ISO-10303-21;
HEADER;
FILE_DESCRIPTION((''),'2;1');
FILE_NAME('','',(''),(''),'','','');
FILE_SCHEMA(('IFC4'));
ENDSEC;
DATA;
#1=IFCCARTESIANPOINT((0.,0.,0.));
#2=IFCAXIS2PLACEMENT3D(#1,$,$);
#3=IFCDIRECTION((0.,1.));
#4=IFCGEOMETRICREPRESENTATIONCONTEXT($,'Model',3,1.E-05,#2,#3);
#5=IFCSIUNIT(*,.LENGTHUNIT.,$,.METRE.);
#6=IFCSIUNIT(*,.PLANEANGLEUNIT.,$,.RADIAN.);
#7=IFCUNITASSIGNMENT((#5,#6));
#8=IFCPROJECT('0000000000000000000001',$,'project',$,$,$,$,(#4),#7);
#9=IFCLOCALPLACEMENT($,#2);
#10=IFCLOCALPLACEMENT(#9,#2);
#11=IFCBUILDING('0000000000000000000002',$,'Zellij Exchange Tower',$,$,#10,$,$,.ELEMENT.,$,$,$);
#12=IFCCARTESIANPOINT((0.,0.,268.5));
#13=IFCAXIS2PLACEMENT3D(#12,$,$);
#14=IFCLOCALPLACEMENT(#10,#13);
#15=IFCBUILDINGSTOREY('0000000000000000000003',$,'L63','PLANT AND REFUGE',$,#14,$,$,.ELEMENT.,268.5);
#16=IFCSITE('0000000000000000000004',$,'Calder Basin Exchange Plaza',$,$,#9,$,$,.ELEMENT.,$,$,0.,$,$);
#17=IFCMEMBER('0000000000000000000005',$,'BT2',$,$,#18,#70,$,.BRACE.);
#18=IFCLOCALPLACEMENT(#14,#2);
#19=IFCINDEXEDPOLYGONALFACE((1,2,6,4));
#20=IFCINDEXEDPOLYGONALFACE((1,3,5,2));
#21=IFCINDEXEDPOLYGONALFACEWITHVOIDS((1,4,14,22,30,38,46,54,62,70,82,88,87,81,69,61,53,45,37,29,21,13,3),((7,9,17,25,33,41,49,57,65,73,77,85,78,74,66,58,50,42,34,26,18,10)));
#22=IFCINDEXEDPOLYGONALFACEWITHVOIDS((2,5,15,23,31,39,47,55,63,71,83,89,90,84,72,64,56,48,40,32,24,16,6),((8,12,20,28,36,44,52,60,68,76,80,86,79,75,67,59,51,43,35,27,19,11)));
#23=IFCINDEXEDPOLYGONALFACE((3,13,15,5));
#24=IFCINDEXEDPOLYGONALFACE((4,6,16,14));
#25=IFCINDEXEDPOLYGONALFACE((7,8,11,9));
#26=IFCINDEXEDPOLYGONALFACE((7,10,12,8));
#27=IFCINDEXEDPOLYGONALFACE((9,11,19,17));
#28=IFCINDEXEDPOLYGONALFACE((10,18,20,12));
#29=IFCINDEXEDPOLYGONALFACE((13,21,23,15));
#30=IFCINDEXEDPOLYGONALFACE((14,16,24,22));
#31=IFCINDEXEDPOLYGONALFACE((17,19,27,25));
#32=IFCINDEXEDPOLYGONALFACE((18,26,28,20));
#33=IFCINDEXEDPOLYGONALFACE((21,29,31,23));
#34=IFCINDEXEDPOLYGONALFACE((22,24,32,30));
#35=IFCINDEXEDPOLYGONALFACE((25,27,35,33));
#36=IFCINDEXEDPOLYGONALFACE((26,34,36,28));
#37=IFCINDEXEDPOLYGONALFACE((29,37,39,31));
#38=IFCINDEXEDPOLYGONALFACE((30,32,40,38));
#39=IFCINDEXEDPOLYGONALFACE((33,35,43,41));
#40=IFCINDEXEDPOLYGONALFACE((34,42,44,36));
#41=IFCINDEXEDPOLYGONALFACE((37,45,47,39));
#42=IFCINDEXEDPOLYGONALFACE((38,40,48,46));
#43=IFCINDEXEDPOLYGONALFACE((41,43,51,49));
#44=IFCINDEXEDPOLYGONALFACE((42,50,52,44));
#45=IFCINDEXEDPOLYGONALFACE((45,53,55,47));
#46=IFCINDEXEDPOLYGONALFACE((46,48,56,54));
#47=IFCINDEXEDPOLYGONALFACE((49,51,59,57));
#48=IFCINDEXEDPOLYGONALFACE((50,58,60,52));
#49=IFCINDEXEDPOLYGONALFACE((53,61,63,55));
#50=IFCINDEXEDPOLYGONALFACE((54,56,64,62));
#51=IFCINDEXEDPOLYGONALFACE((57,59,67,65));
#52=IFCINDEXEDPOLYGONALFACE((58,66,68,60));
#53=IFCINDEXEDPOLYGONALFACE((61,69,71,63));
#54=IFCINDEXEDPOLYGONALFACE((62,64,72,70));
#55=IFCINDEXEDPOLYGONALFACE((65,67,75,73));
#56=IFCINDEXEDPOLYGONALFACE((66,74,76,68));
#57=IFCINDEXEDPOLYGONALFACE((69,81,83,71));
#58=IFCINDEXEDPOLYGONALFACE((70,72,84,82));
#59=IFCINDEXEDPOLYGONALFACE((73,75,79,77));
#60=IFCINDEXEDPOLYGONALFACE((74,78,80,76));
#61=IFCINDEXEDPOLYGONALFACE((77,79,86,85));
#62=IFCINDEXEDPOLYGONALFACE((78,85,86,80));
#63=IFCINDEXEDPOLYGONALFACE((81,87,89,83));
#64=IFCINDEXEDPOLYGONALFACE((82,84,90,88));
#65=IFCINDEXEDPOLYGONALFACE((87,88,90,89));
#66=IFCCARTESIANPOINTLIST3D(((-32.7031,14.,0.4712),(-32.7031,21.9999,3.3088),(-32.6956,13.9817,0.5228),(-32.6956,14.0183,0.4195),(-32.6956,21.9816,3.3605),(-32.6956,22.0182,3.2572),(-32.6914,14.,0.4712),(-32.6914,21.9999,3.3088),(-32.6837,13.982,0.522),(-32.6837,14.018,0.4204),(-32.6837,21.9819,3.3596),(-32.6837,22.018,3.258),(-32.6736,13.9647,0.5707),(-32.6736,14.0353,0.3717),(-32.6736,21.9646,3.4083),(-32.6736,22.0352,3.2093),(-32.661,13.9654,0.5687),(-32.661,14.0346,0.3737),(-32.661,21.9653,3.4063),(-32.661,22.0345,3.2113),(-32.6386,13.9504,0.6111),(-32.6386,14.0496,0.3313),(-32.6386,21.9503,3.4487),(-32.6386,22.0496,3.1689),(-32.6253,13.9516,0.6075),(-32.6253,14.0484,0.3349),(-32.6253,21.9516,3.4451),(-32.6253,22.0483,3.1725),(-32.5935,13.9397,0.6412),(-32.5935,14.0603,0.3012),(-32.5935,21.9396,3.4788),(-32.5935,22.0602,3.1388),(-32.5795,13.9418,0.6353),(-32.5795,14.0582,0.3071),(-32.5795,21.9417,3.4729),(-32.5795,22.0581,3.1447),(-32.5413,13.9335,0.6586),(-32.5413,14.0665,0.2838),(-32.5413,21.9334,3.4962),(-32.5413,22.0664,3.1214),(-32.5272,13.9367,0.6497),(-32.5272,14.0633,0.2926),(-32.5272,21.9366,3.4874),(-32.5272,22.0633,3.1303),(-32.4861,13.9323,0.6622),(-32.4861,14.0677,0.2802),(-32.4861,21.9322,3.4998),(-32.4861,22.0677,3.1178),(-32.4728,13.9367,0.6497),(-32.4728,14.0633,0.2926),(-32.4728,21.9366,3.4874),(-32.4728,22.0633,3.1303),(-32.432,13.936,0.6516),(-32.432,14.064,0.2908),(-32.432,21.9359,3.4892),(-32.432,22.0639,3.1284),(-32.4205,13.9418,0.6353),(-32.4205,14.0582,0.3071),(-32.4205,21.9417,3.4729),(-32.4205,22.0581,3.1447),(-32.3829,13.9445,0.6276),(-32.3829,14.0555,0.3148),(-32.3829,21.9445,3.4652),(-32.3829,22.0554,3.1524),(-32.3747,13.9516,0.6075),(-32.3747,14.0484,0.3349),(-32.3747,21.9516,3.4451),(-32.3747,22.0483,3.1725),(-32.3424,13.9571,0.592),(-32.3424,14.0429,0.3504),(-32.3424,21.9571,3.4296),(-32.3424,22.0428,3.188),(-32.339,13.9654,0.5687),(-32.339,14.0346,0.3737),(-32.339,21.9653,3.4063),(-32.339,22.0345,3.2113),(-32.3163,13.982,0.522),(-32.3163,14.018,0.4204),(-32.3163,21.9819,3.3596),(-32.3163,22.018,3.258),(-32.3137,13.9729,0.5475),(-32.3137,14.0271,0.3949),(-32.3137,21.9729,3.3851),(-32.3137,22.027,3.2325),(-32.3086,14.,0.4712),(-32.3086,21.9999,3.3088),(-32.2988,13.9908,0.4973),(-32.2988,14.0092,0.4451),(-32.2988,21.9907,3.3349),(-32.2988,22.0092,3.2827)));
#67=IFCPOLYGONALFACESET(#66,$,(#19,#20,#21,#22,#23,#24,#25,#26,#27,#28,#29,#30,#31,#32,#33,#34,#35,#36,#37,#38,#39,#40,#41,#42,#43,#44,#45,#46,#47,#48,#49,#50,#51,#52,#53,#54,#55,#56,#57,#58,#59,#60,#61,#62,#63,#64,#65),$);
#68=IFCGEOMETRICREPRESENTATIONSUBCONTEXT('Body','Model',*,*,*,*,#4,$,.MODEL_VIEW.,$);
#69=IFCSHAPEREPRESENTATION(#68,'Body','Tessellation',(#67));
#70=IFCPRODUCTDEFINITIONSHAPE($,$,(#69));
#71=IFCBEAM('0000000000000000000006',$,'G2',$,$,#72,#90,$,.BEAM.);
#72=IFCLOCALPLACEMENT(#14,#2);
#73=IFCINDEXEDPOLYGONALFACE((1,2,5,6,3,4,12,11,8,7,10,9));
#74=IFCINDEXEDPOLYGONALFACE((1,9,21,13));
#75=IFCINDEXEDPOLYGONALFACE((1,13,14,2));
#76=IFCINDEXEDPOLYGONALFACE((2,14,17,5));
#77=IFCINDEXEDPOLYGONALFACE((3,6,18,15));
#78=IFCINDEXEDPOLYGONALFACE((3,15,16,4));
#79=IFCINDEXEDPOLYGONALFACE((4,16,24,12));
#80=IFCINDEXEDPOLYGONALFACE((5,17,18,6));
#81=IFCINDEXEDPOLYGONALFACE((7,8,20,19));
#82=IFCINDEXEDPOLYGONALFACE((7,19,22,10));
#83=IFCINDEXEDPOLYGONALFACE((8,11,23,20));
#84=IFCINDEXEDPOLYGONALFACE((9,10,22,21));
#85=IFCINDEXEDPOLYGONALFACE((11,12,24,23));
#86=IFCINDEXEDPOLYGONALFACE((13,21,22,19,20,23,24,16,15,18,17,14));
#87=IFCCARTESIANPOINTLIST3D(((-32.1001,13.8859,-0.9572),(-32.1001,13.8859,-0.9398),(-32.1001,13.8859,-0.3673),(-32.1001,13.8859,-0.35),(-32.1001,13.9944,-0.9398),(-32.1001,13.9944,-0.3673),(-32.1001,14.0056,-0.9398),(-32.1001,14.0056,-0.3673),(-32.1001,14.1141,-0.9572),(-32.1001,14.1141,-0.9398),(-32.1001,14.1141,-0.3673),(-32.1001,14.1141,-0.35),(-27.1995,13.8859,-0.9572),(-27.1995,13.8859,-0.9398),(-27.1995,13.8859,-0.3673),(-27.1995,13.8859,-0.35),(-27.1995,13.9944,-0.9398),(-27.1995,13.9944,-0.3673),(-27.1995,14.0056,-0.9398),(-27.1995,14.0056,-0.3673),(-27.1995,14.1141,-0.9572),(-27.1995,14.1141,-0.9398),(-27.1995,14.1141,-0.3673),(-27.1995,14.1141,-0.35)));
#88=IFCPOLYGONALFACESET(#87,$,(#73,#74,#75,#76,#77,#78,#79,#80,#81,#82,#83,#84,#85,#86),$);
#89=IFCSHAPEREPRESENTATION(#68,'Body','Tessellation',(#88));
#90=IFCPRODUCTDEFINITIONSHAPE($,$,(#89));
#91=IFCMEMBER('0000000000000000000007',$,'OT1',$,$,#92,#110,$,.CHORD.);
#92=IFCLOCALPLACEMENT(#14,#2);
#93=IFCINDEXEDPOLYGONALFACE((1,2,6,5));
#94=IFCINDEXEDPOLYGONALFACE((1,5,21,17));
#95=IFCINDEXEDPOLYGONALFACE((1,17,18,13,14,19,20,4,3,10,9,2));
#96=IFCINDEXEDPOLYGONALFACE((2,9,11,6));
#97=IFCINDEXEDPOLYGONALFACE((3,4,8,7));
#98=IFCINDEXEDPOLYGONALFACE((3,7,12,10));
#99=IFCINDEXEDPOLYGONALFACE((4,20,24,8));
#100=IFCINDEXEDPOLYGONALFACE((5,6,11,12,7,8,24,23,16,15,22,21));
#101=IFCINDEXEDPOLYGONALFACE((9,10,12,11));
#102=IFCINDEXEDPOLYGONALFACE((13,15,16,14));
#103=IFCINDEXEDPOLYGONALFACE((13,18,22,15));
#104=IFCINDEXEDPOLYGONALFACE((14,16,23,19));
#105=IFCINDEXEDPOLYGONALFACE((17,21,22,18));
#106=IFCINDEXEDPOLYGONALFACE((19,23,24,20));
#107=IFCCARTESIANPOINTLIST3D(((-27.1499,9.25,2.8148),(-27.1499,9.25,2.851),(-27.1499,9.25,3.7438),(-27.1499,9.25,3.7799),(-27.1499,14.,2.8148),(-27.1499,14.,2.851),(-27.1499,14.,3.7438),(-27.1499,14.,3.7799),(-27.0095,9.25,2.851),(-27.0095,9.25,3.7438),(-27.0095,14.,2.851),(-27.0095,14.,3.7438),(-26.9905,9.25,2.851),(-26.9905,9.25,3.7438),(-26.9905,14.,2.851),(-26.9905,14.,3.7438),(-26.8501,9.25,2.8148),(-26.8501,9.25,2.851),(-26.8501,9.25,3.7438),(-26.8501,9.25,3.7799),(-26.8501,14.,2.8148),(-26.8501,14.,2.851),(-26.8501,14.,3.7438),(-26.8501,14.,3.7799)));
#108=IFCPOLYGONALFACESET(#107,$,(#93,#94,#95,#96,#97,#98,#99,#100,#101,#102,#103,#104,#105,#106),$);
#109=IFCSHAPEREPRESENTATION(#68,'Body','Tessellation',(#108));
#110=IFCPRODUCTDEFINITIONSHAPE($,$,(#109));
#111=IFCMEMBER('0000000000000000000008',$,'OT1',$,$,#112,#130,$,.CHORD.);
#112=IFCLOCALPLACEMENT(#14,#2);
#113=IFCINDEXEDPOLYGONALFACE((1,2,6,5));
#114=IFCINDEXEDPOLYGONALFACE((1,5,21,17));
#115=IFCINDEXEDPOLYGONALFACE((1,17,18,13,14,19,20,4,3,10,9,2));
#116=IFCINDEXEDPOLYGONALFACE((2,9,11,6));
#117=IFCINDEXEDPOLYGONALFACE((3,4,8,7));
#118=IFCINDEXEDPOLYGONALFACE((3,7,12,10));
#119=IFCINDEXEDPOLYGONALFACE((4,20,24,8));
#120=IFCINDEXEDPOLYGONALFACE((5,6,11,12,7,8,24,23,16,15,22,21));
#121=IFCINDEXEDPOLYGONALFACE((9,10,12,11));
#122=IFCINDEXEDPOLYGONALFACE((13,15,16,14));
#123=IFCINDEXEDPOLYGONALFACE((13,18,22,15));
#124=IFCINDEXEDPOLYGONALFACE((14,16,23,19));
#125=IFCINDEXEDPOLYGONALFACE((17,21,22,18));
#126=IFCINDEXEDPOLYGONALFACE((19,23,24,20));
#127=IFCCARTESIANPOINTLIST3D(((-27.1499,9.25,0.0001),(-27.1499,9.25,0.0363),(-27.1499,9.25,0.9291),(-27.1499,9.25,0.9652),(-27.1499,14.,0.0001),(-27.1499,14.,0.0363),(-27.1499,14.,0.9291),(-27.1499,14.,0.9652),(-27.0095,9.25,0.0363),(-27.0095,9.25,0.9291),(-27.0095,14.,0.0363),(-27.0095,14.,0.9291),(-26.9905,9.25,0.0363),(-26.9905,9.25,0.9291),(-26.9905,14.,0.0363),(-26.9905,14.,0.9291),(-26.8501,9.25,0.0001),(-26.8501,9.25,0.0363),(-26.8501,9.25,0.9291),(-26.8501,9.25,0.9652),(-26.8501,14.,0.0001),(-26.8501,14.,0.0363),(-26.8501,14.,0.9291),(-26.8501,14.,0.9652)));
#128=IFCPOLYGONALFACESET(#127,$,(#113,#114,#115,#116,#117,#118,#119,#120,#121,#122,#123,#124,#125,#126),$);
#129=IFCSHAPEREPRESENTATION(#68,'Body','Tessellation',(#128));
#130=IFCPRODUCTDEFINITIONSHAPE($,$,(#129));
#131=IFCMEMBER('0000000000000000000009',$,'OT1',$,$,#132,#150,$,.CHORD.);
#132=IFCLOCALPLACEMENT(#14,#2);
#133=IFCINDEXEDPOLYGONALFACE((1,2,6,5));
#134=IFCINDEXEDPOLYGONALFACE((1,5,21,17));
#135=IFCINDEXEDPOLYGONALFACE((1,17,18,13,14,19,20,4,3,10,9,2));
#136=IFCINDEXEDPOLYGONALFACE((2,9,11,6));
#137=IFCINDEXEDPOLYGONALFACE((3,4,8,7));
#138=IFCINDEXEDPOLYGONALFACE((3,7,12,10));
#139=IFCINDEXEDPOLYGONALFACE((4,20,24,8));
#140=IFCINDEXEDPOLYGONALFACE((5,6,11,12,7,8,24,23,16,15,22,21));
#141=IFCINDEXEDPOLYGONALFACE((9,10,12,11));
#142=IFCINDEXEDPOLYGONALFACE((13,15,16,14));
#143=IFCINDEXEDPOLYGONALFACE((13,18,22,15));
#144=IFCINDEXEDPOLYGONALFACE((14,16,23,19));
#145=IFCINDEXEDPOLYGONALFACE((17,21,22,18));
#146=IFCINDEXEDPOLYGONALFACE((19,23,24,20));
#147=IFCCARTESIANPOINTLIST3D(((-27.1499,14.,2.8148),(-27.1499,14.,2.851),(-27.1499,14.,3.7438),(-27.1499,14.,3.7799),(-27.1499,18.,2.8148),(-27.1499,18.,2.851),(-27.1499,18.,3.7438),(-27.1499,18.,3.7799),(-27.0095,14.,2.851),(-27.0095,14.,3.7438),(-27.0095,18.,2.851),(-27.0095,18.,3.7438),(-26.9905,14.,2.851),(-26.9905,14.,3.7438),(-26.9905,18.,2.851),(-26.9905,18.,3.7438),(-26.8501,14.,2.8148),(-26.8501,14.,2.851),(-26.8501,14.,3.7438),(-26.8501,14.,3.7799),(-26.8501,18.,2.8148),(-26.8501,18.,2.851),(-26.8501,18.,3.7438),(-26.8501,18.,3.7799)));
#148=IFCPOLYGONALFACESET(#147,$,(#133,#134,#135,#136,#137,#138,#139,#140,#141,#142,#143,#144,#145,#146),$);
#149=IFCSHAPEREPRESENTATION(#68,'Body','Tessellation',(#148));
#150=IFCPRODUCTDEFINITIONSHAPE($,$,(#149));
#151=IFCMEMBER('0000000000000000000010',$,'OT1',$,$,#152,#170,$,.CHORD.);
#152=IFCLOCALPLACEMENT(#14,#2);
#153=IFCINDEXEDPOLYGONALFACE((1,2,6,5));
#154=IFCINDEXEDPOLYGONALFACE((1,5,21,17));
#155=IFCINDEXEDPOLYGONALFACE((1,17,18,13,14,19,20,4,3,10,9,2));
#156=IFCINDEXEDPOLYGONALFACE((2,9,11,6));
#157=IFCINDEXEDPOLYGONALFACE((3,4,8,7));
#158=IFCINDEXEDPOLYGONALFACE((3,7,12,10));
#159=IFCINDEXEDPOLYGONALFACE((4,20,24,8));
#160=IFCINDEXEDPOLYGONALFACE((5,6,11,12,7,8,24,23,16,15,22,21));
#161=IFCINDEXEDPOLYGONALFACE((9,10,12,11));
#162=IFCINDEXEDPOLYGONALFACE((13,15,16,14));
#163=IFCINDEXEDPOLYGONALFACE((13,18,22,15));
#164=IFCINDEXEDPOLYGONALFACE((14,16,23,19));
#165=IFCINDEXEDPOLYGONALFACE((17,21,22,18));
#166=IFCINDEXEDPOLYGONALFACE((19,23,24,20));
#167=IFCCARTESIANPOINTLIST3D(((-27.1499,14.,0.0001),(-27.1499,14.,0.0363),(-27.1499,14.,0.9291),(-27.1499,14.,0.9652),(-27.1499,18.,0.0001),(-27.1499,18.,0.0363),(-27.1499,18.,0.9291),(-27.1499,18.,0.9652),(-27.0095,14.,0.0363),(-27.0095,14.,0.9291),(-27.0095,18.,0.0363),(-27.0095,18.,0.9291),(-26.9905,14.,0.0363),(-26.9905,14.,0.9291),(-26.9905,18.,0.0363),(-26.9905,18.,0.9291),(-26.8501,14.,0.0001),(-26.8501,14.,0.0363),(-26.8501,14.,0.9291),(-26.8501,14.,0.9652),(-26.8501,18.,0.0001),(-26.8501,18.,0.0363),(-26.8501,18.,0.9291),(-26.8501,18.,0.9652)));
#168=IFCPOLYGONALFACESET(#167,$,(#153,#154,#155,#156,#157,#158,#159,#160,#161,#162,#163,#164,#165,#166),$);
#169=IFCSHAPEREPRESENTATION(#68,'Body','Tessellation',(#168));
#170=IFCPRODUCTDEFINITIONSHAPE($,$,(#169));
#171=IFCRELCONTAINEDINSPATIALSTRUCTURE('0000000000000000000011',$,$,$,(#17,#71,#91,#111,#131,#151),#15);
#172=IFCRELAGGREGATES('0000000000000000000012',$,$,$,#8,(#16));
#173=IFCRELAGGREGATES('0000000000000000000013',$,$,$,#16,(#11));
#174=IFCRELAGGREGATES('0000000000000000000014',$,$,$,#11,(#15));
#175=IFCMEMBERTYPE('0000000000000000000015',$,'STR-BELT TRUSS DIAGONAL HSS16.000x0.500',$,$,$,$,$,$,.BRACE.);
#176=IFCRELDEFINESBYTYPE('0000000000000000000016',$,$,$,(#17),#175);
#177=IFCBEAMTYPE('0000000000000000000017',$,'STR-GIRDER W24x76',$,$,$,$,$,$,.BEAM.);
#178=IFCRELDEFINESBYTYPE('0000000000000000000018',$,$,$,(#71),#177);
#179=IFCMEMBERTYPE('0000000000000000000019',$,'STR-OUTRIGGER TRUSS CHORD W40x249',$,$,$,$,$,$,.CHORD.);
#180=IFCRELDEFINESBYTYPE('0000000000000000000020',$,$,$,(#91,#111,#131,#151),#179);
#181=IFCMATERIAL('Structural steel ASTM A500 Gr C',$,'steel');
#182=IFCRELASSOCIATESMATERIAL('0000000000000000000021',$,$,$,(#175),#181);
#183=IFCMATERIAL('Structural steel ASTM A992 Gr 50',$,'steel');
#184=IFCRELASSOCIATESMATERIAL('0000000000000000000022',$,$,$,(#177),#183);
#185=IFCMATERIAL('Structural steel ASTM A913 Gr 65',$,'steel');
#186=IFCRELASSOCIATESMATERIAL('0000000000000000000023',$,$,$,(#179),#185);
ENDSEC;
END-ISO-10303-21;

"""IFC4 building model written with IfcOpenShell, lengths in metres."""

from ifc_helpers import new_model, si_unit, direction, frame, origin, origin_2d, place, context, subcontext, project, spatial, hollow_circle, i_section, extrude, material, material_profile, profile_set, type_object, element, save


model = new_model("IFC4")

# Units and contexts
model_context = context("Model", 3, precision=1e-05, world=origin(), true_north=direction((0.0, 1.0)))
body_context = subcontext(model_context, "Body", "Model", "MODEL_VIEW")
ifc_project = project(units=[si_unit("LENGTHUNIT", "METRE"), si_unit("PLANEANGLEUNIT", "RADIAN")], contexts=[model_context])

# Site, building, storey
site_placement = place(None, origin())
site = spatial("IfcSite", under=ifc_project, at=site_placement, Name="Calder Basin Exchange Plaza", CompositionType="ELEMENT", RefElevation=0.0)
building_placement = place(site_placement, origin())
building = spatial("IfcBuilding", under=site, at=building_placement, Name="Zellij Exchange Tower", CompositionType="ELEMENT")
storey_placement = place(building_placement, frame((0.0, 0.0, 268.5)))
storey = spatial("IfcBuildingStorey", under=building, at=storey_placement, Name="L63", Description="PLANT AND REFUGE", CompositionType="ELEMENT", Elevation=268.5)

# Shared definitions
ifc_material_1 = material(Name="Structural steel ASTM A992 Gr 50", Category="steel")

# Member
ifc_material_2 = material(Name="Structural steel ASTM A500 Gr C", Category="steel")
ifc_material_profile_1 = material_profile(ifc_material_2, hollow_circle(Radius=0.2031, WallThickness=0.0117, at=origin_2d()), Name="STR-BELT TRUSS DIAGONAL HSS16.000x0.500")
ifc_profile_set_1 = profile_set([ifc_material_profile_1], Name="Structural steel ASTM A500 Gr C")
member_type_1 = type_object("IfcMemberType", Name="STR-BELT TRUSS DIAGONAL HSS16.000x0.500", PredefinedType="BRACE", material=ifc_profile_set_1)
member_1_placement = place(storey_placement, frame((-32.5, 14.0, 0.4712), z_axis=(0.0, 0.942467, 0.334299), x_axis=(-1.0, 0.0, 0.0)))
element("IfcMember", 1, at=member_1_placement, inside=storey, type_object=member_type_1, Name="BT2", PredefinedType="BRACE", context=body_context, shape_type="SweptSolid", body=[
    extrude(hollow_circle(Radius=0.2031, WallThickness=0.0117, at=origin_2d()), origin(), (0.0, 0.0, 1.0), 8.4883),
])

# Beam
ifc_material_profile_2 = material_profile(ifc_material_1, i_section(OverallWidth=0.2283, OverallDepth=0.6072, WebThickness=0.0112, FlangeThickness=0.0173, at=origin_2d()), Name="W24x76")
ifc_profile_set_2 = profile_set([ifc_material_profile_2], Name="Structural steel ASTM A992 Gr 50")
beam_type_1 = type_object("IfcBeamType", Name="STR-GIRDER W24x76", PredefinedType="BEAM", material=ifc_profile_set_2)
beam_1_placement = place(storey_placement, frame((-32.1001, 14.0, -0.6536), z_axis=(1.0, 0.0, 0.0), x_axis=(0.0, 1.0, 0.0)))
element("IfcBeam", 2, at=beam_1_placement, inside=storey, type_object=beam_type_1, Name="G2", PredefinedType="BEAM", context=body_context, shape_type="SweptSolid", body=[
    extrude(i_section(OverallWidth=0.2283, OverallDepth=0.6072, WebThickness=0.0112, FlangeThickness=0.0173, at=origin_2d()), origin(), (0.0, 0.0, 1.0), 4.9006),
])

# Members
ifc_material_3 = material(Name="Structural steel ASTM A913 Gr 65", Category="steel")
ifc_material_profile_3 = material_profile(ifc_material_3, i_section(OverallWidth=0.2998, OverallDepth=0.9651, WebThickness=0.019, FlangeThickness=0.0361, at=origin_2d()), Name="W40x249")
ifc_profile_set_3 = profile_set([ifc_material_profile_3], Name="Structural steel ASTM A913 Gr 65")
member_type_2 = type_object("IfcMemberType", Name="STR-OUTRIGGER TRUSS CHORD W40x249", PredefinedType="CHORD", material=ifc_profile_set_3)
for number, where, z_axis, x_axis, name in (
    (3, (-27.0, 9.25, 3.2974), (0.0, 1.0, 0.0), (-1.0, 0.0, 0.0), "OT1"),
    (4, (-27.0, 9.25, 0.4827), (0.0, 1.0, 0.0), (-1.0, 0.0, 0.0), "OT1"),
):
    element("IfcMember", number, at=place(storey_placement, frame(where, z_axis=z_axis, x_axis=x_axis)), inside=storey, type_object=member_type_2, Name=name, PredefinedType="CHORD", context=body_context, shape_type="SweptSolid", body=[
        extrude(i_section(OverallWidth=0.2998, OverallDepth=0.9651, WebThickness=0.019, FlangeThickness=0.0361, at=origin_2d()), origin(), (0.0, 0.0, 1.0), 4.75),
    ])
for number, where, z_axis, x_axis, name in (
    (5, (-27.0, 14.0, 3.2974), (0.0, 1.0, 0.0), (-1.0, 0.0, 0.0), "OT1"),
    (6, (-27.0, 14.0, 0.4827), (0.0, 1.0, 0.0), (-1.0, 0.0, 0.0), "OT1"),
):
    element("IfcMember", number, at=place(storey_placement, frame(where, z_axis=z_axis, x_axis=x_axis)), inside=storey, type_object=member_type_2, Name=name, PredefinedType="CHORD", context=body_context, shape_type="SweptSolid", body=[
        extrude(i_section(OverallWidth=0.2998, OverallDepth=0.9651, WebThickness=0.019, FlangeThickness=0.0361, at=origin_2d()), origin(), (0.0, 0.0, 1.0), 4.0),
    ])

save(model, "model.ifc")
